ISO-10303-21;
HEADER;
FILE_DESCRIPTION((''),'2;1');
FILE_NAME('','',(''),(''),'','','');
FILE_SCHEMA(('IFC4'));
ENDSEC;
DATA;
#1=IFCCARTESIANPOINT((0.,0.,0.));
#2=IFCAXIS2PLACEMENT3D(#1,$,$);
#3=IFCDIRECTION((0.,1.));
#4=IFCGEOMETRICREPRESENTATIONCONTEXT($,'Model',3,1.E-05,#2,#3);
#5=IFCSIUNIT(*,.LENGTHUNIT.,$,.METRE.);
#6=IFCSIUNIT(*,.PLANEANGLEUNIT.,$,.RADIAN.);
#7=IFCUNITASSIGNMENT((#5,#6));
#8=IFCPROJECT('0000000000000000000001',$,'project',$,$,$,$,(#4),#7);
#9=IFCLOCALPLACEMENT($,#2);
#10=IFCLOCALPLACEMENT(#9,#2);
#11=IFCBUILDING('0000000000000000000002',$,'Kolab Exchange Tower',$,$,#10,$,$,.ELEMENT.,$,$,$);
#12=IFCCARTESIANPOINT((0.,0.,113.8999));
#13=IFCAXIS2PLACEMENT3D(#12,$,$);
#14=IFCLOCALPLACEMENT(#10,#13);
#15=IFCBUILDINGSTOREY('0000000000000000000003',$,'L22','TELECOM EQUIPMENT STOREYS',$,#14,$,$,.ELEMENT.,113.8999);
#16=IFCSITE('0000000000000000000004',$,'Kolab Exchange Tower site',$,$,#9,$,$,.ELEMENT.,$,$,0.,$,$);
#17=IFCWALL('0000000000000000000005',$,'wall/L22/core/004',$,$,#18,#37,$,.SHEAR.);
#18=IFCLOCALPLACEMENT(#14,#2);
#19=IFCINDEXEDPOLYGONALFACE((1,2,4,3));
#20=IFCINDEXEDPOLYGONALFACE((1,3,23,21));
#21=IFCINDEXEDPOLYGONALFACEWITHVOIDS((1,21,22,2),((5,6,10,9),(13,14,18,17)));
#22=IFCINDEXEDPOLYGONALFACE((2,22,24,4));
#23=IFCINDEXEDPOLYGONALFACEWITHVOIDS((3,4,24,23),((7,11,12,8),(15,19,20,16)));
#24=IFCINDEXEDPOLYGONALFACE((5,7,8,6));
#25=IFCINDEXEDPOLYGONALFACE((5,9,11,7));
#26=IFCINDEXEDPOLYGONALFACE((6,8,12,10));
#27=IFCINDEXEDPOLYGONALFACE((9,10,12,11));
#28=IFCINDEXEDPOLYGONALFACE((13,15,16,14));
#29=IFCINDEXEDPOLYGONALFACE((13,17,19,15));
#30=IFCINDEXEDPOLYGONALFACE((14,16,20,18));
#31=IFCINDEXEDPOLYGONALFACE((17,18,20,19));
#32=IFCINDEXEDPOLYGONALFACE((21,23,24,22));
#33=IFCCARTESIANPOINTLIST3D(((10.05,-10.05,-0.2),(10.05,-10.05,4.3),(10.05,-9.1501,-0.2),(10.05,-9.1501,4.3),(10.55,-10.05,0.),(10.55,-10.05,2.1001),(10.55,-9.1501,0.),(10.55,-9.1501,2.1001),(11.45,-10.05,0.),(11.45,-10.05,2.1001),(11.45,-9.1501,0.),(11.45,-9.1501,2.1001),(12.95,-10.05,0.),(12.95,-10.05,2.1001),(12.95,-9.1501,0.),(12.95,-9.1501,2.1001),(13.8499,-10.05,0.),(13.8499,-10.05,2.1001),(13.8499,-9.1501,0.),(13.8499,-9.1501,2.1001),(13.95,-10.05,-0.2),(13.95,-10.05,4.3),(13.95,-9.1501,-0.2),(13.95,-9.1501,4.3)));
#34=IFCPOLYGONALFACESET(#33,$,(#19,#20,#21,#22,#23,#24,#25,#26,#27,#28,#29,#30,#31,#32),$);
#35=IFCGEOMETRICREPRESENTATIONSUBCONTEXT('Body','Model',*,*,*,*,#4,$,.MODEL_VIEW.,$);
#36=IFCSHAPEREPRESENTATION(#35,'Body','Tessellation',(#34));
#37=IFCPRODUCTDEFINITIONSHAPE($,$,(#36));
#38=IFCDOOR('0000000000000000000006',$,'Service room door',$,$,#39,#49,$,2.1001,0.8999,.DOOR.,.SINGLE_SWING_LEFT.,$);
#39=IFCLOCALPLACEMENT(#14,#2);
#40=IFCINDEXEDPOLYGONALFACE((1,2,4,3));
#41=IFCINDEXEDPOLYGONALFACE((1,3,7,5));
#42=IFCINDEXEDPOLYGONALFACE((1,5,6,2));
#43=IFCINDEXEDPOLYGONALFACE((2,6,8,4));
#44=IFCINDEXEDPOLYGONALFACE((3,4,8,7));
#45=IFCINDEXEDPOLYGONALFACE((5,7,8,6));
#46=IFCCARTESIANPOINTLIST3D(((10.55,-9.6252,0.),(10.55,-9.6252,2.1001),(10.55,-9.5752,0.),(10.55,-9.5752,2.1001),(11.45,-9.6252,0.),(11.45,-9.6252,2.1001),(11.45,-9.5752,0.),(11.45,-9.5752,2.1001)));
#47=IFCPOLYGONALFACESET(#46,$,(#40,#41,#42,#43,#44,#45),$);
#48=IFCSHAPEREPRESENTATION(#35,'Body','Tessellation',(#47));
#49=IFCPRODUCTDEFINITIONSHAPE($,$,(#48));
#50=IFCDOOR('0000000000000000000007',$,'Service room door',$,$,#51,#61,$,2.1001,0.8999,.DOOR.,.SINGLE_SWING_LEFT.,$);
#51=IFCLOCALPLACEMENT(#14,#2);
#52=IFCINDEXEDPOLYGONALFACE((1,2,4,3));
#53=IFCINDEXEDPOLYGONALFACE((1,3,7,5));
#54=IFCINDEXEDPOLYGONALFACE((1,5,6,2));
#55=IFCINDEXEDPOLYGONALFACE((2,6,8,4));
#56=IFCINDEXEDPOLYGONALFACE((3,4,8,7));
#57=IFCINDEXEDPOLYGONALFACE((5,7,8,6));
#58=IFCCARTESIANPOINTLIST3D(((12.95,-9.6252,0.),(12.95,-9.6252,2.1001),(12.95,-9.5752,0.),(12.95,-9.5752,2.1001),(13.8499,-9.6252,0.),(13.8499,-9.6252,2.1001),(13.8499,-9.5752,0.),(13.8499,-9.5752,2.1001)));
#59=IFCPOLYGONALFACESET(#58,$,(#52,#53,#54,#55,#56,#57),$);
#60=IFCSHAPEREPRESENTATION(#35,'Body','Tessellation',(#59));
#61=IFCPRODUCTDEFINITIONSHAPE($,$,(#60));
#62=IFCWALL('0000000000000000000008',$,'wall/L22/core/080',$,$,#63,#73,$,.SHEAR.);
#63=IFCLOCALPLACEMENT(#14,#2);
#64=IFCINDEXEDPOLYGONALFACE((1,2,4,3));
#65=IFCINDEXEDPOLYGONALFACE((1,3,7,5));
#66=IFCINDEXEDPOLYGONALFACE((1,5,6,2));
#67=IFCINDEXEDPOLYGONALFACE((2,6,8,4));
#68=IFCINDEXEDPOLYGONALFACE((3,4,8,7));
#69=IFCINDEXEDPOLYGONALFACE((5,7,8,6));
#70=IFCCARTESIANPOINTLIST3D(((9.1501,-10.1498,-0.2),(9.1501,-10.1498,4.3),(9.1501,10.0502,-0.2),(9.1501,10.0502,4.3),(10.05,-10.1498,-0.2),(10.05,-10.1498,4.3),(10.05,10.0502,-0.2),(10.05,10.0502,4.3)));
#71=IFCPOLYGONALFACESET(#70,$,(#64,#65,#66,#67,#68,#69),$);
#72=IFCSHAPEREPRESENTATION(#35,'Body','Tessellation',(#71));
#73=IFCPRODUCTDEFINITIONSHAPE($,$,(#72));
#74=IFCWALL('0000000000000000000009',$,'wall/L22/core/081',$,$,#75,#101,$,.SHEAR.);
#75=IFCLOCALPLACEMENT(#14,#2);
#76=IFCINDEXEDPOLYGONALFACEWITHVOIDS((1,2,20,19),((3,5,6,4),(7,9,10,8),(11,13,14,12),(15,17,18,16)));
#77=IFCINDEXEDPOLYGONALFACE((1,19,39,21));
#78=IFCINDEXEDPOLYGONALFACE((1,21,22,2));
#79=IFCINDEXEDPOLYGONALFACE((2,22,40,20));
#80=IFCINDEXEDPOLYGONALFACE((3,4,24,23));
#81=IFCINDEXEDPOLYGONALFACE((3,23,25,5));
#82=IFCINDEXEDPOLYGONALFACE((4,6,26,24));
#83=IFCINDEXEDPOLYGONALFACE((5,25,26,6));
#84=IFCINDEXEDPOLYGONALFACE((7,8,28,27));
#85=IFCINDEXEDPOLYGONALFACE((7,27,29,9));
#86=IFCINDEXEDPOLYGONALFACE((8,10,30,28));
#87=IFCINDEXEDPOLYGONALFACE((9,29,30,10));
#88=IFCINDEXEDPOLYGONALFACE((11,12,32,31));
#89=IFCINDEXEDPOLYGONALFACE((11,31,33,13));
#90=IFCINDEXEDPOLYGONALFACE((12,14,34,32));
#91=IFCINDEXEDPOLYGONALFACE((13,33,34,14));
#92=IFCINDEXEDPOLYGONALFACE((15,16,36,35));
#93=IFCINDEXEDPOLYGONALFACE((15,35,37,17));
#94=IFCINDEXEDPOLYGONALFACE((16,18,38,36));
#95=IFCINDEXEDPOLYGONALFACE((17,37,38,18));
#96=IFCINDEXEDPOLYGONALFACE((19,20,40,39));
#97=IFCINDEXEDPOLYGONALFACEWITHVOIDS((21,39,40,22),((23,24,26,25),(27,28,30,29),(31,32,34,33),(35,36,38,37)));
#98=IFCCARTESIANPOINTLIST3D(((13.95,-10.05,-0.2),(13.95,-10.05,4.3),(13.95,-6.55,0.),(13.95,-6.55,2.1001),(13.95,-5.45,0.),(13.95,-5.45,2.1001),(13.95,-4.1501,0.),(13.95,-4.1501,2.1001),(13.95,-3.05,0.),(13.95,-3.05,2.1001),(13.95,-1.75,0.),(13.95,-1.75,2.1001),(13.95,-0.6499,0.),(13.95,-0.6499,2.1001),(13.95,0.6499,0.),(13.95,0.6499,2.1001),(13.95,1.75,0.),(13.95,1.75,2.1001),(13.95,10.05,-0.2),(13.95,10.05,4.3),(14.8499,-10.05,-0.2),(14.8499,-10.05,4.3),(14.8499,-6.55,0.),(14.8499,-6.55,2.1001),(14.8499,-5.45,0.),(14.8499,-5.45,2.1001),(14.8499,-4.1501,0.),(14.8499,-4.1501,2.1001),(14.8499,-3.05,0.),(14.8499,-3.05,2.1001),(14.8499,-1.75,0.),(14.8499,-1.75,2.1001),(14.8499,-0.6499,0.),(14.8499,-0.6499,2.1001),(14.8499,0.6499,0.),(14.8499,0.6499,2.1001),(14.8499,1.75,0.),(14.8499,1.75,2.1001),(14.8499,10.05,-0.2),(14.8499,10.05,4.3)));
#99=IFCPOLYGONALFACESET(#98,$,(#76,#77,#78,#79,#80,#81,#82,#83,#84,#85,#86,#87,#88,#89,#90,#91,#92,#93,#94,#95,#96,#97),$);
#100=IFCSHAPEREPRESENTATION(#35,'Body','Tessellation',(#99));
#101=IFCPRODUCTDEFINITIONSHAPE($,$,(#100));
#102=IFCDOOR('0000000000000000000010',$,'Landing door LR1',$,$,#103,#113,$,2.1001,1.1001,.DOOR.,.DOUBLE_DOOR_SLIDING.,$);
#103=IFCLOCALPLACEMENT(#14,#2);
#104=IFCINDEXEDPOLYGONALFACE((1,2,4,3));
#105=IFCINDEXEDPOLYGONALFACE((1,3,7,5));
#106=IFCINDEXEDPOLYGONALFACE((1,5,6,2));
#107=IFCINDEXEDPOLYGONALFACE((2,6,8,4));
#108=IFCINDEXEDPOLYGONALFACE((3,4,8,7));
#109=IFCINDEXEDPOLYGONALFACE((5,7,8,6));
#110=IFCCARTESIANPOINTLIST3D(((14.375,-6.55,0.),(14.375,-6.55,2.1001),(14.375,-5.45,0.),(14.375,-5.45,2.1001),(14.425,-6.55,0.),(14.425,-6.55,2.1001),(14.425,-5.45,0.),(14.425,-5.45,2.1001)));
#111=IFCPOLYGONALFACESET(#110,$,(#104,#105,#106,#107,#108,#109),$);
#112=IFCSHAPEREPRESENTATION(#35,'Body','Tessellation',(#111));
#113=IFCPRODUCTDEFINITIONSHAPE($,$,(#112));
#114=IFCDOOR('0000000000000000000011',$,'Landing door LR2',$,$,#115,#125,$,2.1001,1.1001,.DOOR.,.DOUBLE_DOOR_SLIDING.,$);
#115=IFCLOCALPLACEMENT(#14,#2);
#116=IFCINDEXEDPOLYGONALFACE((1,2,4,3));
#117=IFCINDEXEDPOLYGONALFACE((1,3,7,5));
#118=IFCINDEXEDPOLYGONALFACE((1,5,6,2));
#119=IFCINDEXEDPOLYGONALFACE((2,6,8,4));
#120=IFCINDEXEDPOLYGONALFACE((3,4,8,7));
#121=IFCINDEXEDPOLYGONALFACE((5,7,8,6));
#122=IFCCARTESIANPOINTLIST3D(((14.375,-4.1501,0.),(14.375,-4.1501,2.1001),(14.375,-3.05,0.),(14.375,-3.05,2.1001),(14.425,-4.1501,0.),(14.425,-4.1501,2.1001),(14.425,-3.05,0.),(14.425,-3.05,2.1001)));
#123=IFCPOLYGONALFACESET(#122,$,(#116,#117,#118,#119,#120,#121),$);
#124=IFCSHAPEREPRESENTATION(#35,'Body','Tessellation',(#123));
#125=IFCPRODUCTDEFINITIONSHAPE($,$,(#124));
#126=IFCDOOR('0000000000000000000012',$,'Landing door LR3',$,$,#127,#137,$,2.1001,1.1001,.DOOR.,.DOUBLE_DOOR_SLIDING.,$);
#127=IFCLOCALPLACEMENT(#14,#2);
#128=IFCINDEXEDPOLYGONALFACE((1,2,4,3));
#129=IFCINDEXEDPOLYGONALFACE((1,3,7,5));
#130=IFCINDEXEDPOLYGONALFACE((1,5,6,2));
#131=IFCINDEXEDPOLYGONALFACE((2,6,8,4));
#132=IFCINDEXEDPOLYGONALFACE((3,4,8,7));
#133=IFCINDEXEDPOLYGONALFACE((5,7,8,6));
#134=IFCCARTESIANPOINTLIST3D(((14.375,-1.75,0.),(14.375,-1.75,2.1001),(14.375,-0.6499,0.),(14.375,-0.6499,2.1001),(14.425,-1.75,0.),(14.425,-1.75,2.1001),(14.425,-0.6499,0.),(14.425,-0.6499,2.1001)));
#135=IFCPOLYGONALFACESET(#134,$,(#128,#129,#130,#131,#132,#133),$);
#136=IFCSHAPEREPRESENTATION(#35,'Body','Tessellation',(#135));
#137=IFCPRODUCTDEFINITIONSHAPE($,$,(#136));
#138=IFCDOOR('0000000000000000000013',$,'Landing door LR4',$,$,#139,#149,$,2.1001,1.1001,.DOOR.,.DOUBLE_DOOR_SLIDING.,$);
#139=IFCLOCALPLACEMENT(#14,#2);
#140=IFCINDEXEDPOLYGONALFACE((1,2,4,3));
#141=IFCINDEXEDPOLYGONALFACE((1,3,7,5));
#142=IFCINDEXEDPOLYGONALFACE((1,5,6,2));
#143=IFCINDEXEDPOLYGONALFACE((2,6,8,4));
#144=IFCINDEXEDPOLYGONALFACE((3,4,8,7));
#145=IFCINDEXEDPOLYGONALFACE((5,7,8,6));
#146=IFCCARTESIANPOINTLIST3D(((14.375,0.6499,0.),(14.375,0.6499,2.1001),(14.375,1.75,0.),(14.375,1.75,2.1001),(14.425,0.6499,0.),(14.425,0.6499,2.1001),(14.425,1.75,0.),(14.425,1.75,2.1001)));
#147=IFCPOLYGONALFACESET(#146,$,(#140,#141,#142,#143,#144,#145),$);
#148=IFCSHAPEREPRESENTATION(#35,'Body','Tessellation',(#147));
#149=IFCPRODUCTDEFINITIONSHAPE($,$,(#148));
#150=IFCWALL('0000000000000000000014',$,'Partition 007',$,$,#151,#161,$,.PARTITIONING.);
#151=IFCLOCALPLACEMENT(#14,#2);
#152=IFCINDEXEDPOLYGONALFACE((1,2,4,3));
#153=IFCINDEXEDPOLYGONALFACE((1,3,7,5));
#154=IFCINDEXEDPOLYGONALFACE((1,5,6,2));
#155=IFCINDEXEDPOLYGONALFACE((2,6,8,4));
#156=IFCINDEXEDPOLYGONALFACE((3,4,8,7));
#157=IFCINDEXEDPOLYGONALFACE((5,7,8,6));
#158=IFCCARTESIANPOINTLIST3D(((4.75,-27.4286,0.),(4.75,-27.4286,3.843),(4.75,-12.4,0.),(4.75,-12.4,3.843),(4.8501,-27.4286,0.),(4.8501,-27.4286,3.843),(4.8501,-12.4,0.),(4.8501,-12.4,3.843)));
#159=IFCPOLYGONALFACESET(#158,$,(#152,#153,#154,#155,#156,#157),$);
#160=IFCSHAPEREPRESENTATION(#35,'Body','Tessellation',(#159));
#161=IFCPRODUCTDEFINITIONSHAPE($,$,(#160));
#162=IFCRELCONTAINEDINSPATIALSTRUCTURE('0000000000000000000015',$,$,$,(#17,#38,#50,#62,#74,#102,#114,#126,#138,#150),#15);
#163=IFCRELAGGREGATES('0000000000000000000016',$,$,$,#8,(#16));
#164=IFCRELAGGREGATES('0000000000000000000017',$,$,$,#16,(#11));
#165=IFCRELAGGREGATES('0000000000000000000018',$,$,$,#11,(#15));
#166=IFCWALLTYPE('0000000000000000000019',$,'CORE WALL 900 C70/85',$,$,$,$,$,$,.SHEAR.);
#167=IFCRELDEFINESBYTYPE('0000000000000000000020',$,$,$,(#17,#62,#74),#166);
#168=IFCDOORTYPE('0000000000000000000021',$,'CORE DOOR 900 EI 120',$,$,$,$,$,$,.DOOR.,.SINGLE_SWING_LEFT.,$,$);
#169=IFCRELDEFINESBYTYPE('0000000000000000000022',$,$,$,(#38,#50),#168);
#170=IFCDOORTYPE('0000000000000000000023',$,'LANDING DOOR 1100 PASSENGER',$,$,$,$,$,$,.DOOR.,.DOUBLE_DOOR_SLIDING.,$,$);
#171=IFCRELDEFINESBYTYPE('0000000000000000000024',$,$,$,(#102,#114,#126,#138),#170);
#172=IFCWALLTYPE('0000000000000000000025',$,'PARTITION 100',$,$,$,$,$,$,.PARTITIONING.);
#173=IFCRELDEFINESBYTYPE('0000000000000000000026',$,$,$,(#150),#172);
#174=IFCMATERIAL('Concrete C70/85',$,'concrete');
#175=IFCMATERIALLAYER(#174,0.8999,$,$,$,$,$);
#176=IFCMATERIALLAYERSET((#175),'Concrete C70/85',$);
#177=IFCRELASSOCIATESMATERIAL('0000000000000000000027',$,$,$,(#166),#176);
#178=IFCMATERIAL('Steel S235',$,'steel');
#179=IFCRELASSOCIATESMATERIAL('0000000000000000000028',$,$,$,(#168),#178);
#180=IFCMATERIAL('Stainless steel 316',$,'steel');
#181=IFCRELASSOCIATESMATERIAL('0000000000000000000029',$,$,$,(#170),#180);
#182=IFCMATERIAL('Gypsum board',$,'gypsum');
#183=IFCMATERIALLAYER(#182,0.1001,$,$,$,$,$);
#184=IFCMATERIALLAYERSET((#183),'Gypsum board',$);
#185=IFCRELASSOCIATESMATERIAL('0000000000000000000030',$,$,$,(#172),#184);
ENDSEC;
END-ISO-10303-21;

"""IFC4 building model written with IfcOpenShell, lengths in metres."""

from ifc_helpers import new_model, si_unit, direction, frame, frame_2d, origin, place, context, subcontext, project, spatial, rectangle, extrude, material, layer, layer_set, type_object, element, fill, save


model = new_model("IFC4")

# Units and contexts
model_context = context("Model", 3, precision=1e-05, world=origin(), true_north=direction((0.0, 1.0)))
body_context = subcontext(model_context, "Body", "Model", "MODEL_VIEW")
ifc_project = project(units=[si_unit("LENGTHUNIT", "METRE"), si_unit("PLANEANGLEUNIT", "RADIAN")], contexts=[model_context])

# Site, building, storey
site_placement = place(None, origin())
site = spatial("IfcSite", under=ifc_project, at=site_placement, Name="Kolab Exchange Tower site", CompositionType="ELEMENT", RefElevation=0.0)
building_placement = place(site_placement, origin())
building = spatial("IfcBuilding", under=site, at=building_placement, Name="Kolab Exchange Tower", CompositionType="ELEMENT")
storey_placement = place(building_placement, frame((0.0, 0.0, 113.8999)))
storey = spatial("IfcBuildingStorey", under=building, at=storey_placement, Name="L22", Description="TELECOM EQUIPMENT STOREYS", CompositionType="ELEMENT", Elevation=113.8999)

# Shared definitions
ifc_material_1 = material(Name="Concrete C70/85", Category="concrete")

# Wall, openings, doors
ifc_layer_1 = layer(ifc_material_1, 0.8999)
ifc_layer_set_1 = layer_set([ifc_layer_1], Name="Concrete C70/85")
wall_type_1 = type_object("IfcWallType", Name="CORE WALL 900 C70/85", PredefinedType="SHEAR", material=ifc_layer_set_1)
wall_1_placement = place(storey_placement, frame((10.05, -9.6001, -0.2), z_axis=(0.0, 0.0, 1.0), x_axis=(1.0, 0.0, 0.0)))
wall_1 = element("IfcWall", 1, at=wall_1_placement, inside=storey, type_object=wall_type_1, Name="wall/L22/core/004", PredefinedType="SHEAR", context=body_context, shape_type="SweptSolid", body=[
    extrude(rectangle(XDim=3.8999, YDim=0.8999, at=frame_2d((1.95, 0.0))), origin(), (0.0, 0.0, 1.0), 4.5),
])
opening_1_placement = place(wall_1_placement, frame((0.5, 0.0, 0.2)))
opening_1 = element("IfcOpeningElement", 2, at=opening_1_placement, cuts=wall_1, PredefinedType="OPENING", context=body_context, shape_type="SweptSolid", body=[
    extrude(rectangle(XDim=0.8999, YDim=2.1001, at=frame_2d((0.45, 1.05))), frame((0.0, 0.46, 0.0), z_axis=(0.0, -1.0, 0.0), x_axis=(1.0, 0.0, 0.0)), (0.0, 0.0, 1.0), 0.9199),
])
opening_2_placement = place(wall_1_placement, frame((2.8999, 0.0, 0.2)))
opening_2 = element("IfcOpeningElement", 3, at=opening_2_placement, cuts=wall_1, PredefinedType="OPENING", context=body_context, shape_type="SweptSolid", body=[
    extrude(rectangle(XDim=0.8999, YDim=2.1001, at=frame_2d((0.45, 1.05))), frame((0.0, 0.46, 0.0), z_axis=(0.0, -1.0, 0.0), x_axis=(1.0, 0.0, 0.0)), (0.0, 0.0, 1.0), 0.9199),
])
ifc_material_2 = material(Name="Steel S235", Category="steel")
door_type_1 = type_object("IfcDoorType", Name="CORE DOOR 900 EI 120", OperationType="SINGLE_SWING_LEFT", PredefinedType="DOOR", material=ifc_material_2)
door_1_placement = place(opening_1_placement, origin())
door_1 = element("IfcDoor", 4, at=door_1_placement, inside=storey, type_object=door_type_1, Name="Service room door", OperationType="SINGLE_SWING_LEFT", OverallHeight=2.1001, OverallWidth=0.8999, PredefinedType="DOOR", context=body_context, shape_type="SweptSolid", body=[
    extrude(rectangle(XDim=0.8999, YDim=2.1001, at=frame_2d((0.45, 1.05))), frame((0.0, 0.0249, 0.0), z_axis=(0.0, -1.0, 0.0), x_axis=(1.0, 0.0, 0.0)), (0.0, 0.0, 1.0), 0.05),
])
fill(opening_1, door_1)
door_2_placement = place(opening_2_placement, origin())
door_2 = element("IfcDoor", 5, at=door_2_placement, inside=storey, type_object=door_type_1, Name="Service room door", OperationType="SINGLE_SWING_LEFT", OverallHeight=2.1001, OverallWidth=0.8999, PredefinedType="DOOR", context=body_context, shape_type="SweptSolid", body=[
    extrude(rectangle(XDim=0.8999, YDim=2.1001, at=frame_2d((0.45, 1.05))), frame((0.0, 0.0249, 0.0), z_axis=(0.0, -1.0, 0.0), x_axis=(1.0, 0.0, 0.0)), (0.0, 0.0, 1.0), 0.05),
])
fill(opening_2, door_2)

# Wall
wall_2_placement = place(storey_placement, frame((9.6001, -10.1499, -0.2), z_axis=(0.0, 0.0, 1.0), x_axis=(0.0, 1.0, 0.0)))
element("IfcWall", 6, at=wall_2_placement, inside=storey, type_object=wall_type_1, Name="wall/L22/core/080", PredefinedType="SHEAR", context=body_context, shape_type="SweptSolid", body=[
    extrude(rectangle(XDim=20.2, YDim=0.8999, at=frame_2d((10.1001, 0.0))), origin(), (0.0, 0.0, 1.0), 4.5),
])

# Wall, openings, doors
wall_3_placement = place(storey_placement, frame((14.3999, -10.05, -0.2), z_axis=(0.0, 0.0, 1.0), x_axis=(0.0, 1.0, 0.0)))
wall_3 = element("IfcWall", 7, at=wall_3_placement, inside=storey, type_object=wall_type_1, Name="wall/L22/core/081", PredefinedType="SHEAR", context=body_context, shape_type="SweptSolid", body=[
    extrude(rectangle(XDim=20.1001, YDim=0.8999, at=frame_2d((10.05, 0.0))), origin(), (0.0, 0.0, 1.0), 4.5),
])
opening_3_placement = place(wall_3_placement, frame((3.5, 0.0, 0.2)))
opening_3 = element("IfcOpeningElement", 8, at=opening_3_placement, cuts=wall_3, PredefinedType="OPENING", context=body_context, shape_type="SweptSolid", body=[
    extrude(rectangle(XDim=1.1001, YDim=2.1001, at=frame_2d((0.55, 1.05))), frame((0.0, 0.46, 0.0), z_axis=(0.0, -1.0, 0.0), x_axis=(1.0, 0.0, 0.0)), (0.0, 0.0, 1.0), 0.9199),
])
opening_4_placement = place(wall_3_placement, frame((5.8999, 0.0, 0.2)))
opening_4 = element("IfcOpeningElement", 9, at=opening_4_placement, cuts=wall_3, PredefinedType="OPENING", context=body_context, shape_type="SweptSolid", body=[
    extrude(rectangle(XDim=1.1001, YDim=2.1001, at=frame_2d((0.55, 1.05))), frame((0.0, 0.46, 0.0), z_axis=(0.0, -1.0, 0.0), x_axis=(1.0, 0.0, 0.0)), (0.0, 0.0, 1.0), 0.9199),
])
opening_5_placement = place(wall_3_placement, frame((8.3, 0.0, 0.2)))
opening_5 = element("IfcOpeningElement", 10, at=opening_5_placement, cuts=wall_3, PredefinedType="OPENING", context=body_context, shape_type="SweptSolid", body=[
    extrude(rectangle(XDim=1.1001, YDim=2.1001, at=frame_2d((0.55, 1.05))), frame((0.0, 0.46, 0.0), z_axis=(0.0, -1.0, 0.0), x_axis=(1.0, 0.0, 0.0)), (0.0, 0.0, 1.0), 0.9199),
])
opening_6_placement = place(wall_3_placement, frame((10.7, 0.0, 0.2)))
opening_6 = element("IfcOpeningElement", 11, at=opening_6_placement, cuts=wall_3, PredefinedType="OPENING", context=body_context, shape_type="SweptSolid", body=[
    extrude(rectangle(XDim=1.1001, YDim=2.1001, at=frame_2d((0.55, 1.05))), frame((0.0, 0.46, 0.0), z_axis=(0.0, -1.0, 0.0), x_axis=(1.0, 0.0, 0.0)), (0.0, 0.0, 1.0), 0.9199),
])
ifc_material_3 = material(Name="Stainless steel 316", Category="steel")
door_type_2 = type_object("IfcDoorType", Name="LANDING DOOR 1100 PASSENGER", OperationType="DOUBLE_DOOR_SLIDING", PredefinedType="DOOR", material=ifc_material_3)
door_3_placement = place(opening_3_placement, origin())
door_3 = element("IfcDoor", 12, at=door_3_placement, inside=storey, type_object=door_type_2, Name="Landing door LR1", OperationType="DOUBLE_DOOR_SLIDING", OverallHeight=2.1001, OverallWidth=1.1001, PredefinedType="DOOR", context=body_context, shape_type="SweptSolid", body=[
    extrude(rectangle(XDim=1.1001, YDim=2.1001, at=frame_2d((0.55, 1.05))), frame((0.0, 0.0249, 0.0), z_axis=(0.0, -1.0, 0.0), x_axis=(1.0, 0.0, 0.0)), (0.0, 0.0, 1.0), 0.05),
])
fill(opening_3, door_3)
door_4_placement = place(opening_4_placement, origin())
door_4 = element("IfcDoor", 13, at=door_4_placement, inside=storey, type_object=door_type_2, Name="Landing door LR2", OperationType="DOUBLE_DOOR_SLIDING", OverallHeight=2.1001, OverallWidth=1.1001, PredefinedType="DOOR", context=body_context, shape_type="SweptSolid", body=[
    extrude(rectangle(XDim=1.1001, YDim=2.1001, at=frame_2d((0.55, 1.05))), frame((0.0, 0.0249, 0.0), z_axis=(0.0, -1.0, 0.0), x_axis=(1.0, 0.0, 0.0)), (0.0, 0.0, 1.0), 0.05),
])
fill(opening_4, door_4)
door_5_placement = place(opening_5_placement, origin())
door_5 = element("IfcDoor", 14, at=door_5_placement, inside=storey, type_object=door_type_2, Name="Landing door LR3", OperationType="DOUBLE_DOOR_SLIDING", OverallHeight=2.1001, OverallWidth=1.1001, PredefinedType="DOOR", context=body_context, shape_type="SweptSolid", body=[
    extrude(rectangle(XDim=1.1001, YDim=2.1001, at=frame_2d((0.55, 1.05))), frame((0.0, 0.0249, 0.0), z_axis=(0.0, -1.0, 0.0), x_axis=(1.0, 0.0, 0.0)), (0.0, 0.0, 1.0), 0.05),
])
fill(opening_5, door_5)
door_6_placement = place(opening_6_placement, origin())
door_6 = element("IfcDoor", 15, at=door_6_placement, inside=storey, type_object=door_type_2, Name="Landing door LR4", OperationType="DOUBLE_DOOR_SLIDING", OverallHeight=2.1001, OverallWidth=1.1001, PredefinedType="DOOR", context=body_context, shape_type="SweptSolid", body=[
    extrude(rectangle(XDim=1.1001, YDim=2.1001, at=frame_2d((0.55, 1.05))), frame((0.0, 0.0249, 0.0), z_axis=(0.0, -1.0, 0.0), x_axis=(1.0, 0.0, 0.0)), (0.0, 0.0, 1.0), 0.05),
])
fill(opening_6, door_6)

# Wall
ifc_material_4 = material(Name="Gypsum board", Category="gypsum")
ifc_layer_2 = layer(ifc_material_4, 0.1001)
ifc_layer_set_2 = layer_set([ifc_layer_2], Name="Gypsum board")
wall_type_2 = type_object("IfcWallType", Name="PARTITION 100", PredefinedType="PARTITIONING", material=ifc_layer_set_2)
wall_4_placement = place(storey_placement, frame((4.8, -27.4285, 0.0), z_axis=(0.0, 0.0, 1.0), x_axis=(0.0, 1.0, 0.0)))
element("IfcWall", 16, at=wall_4_placement, inside=storey, type_object=wall_type_2, Name="Partition 007", PredefinedType="PARTITIONING", context=body_context, shape_type="SweptSolid", body=[
    extrude(rectangle(XDim=15.0286, YDim=0.1001, at=frame_2d((7.5142, 0.0))), origin(), (0.0, 0.0, 1.0), 3.843),
])

save(model, "model.ifc")
